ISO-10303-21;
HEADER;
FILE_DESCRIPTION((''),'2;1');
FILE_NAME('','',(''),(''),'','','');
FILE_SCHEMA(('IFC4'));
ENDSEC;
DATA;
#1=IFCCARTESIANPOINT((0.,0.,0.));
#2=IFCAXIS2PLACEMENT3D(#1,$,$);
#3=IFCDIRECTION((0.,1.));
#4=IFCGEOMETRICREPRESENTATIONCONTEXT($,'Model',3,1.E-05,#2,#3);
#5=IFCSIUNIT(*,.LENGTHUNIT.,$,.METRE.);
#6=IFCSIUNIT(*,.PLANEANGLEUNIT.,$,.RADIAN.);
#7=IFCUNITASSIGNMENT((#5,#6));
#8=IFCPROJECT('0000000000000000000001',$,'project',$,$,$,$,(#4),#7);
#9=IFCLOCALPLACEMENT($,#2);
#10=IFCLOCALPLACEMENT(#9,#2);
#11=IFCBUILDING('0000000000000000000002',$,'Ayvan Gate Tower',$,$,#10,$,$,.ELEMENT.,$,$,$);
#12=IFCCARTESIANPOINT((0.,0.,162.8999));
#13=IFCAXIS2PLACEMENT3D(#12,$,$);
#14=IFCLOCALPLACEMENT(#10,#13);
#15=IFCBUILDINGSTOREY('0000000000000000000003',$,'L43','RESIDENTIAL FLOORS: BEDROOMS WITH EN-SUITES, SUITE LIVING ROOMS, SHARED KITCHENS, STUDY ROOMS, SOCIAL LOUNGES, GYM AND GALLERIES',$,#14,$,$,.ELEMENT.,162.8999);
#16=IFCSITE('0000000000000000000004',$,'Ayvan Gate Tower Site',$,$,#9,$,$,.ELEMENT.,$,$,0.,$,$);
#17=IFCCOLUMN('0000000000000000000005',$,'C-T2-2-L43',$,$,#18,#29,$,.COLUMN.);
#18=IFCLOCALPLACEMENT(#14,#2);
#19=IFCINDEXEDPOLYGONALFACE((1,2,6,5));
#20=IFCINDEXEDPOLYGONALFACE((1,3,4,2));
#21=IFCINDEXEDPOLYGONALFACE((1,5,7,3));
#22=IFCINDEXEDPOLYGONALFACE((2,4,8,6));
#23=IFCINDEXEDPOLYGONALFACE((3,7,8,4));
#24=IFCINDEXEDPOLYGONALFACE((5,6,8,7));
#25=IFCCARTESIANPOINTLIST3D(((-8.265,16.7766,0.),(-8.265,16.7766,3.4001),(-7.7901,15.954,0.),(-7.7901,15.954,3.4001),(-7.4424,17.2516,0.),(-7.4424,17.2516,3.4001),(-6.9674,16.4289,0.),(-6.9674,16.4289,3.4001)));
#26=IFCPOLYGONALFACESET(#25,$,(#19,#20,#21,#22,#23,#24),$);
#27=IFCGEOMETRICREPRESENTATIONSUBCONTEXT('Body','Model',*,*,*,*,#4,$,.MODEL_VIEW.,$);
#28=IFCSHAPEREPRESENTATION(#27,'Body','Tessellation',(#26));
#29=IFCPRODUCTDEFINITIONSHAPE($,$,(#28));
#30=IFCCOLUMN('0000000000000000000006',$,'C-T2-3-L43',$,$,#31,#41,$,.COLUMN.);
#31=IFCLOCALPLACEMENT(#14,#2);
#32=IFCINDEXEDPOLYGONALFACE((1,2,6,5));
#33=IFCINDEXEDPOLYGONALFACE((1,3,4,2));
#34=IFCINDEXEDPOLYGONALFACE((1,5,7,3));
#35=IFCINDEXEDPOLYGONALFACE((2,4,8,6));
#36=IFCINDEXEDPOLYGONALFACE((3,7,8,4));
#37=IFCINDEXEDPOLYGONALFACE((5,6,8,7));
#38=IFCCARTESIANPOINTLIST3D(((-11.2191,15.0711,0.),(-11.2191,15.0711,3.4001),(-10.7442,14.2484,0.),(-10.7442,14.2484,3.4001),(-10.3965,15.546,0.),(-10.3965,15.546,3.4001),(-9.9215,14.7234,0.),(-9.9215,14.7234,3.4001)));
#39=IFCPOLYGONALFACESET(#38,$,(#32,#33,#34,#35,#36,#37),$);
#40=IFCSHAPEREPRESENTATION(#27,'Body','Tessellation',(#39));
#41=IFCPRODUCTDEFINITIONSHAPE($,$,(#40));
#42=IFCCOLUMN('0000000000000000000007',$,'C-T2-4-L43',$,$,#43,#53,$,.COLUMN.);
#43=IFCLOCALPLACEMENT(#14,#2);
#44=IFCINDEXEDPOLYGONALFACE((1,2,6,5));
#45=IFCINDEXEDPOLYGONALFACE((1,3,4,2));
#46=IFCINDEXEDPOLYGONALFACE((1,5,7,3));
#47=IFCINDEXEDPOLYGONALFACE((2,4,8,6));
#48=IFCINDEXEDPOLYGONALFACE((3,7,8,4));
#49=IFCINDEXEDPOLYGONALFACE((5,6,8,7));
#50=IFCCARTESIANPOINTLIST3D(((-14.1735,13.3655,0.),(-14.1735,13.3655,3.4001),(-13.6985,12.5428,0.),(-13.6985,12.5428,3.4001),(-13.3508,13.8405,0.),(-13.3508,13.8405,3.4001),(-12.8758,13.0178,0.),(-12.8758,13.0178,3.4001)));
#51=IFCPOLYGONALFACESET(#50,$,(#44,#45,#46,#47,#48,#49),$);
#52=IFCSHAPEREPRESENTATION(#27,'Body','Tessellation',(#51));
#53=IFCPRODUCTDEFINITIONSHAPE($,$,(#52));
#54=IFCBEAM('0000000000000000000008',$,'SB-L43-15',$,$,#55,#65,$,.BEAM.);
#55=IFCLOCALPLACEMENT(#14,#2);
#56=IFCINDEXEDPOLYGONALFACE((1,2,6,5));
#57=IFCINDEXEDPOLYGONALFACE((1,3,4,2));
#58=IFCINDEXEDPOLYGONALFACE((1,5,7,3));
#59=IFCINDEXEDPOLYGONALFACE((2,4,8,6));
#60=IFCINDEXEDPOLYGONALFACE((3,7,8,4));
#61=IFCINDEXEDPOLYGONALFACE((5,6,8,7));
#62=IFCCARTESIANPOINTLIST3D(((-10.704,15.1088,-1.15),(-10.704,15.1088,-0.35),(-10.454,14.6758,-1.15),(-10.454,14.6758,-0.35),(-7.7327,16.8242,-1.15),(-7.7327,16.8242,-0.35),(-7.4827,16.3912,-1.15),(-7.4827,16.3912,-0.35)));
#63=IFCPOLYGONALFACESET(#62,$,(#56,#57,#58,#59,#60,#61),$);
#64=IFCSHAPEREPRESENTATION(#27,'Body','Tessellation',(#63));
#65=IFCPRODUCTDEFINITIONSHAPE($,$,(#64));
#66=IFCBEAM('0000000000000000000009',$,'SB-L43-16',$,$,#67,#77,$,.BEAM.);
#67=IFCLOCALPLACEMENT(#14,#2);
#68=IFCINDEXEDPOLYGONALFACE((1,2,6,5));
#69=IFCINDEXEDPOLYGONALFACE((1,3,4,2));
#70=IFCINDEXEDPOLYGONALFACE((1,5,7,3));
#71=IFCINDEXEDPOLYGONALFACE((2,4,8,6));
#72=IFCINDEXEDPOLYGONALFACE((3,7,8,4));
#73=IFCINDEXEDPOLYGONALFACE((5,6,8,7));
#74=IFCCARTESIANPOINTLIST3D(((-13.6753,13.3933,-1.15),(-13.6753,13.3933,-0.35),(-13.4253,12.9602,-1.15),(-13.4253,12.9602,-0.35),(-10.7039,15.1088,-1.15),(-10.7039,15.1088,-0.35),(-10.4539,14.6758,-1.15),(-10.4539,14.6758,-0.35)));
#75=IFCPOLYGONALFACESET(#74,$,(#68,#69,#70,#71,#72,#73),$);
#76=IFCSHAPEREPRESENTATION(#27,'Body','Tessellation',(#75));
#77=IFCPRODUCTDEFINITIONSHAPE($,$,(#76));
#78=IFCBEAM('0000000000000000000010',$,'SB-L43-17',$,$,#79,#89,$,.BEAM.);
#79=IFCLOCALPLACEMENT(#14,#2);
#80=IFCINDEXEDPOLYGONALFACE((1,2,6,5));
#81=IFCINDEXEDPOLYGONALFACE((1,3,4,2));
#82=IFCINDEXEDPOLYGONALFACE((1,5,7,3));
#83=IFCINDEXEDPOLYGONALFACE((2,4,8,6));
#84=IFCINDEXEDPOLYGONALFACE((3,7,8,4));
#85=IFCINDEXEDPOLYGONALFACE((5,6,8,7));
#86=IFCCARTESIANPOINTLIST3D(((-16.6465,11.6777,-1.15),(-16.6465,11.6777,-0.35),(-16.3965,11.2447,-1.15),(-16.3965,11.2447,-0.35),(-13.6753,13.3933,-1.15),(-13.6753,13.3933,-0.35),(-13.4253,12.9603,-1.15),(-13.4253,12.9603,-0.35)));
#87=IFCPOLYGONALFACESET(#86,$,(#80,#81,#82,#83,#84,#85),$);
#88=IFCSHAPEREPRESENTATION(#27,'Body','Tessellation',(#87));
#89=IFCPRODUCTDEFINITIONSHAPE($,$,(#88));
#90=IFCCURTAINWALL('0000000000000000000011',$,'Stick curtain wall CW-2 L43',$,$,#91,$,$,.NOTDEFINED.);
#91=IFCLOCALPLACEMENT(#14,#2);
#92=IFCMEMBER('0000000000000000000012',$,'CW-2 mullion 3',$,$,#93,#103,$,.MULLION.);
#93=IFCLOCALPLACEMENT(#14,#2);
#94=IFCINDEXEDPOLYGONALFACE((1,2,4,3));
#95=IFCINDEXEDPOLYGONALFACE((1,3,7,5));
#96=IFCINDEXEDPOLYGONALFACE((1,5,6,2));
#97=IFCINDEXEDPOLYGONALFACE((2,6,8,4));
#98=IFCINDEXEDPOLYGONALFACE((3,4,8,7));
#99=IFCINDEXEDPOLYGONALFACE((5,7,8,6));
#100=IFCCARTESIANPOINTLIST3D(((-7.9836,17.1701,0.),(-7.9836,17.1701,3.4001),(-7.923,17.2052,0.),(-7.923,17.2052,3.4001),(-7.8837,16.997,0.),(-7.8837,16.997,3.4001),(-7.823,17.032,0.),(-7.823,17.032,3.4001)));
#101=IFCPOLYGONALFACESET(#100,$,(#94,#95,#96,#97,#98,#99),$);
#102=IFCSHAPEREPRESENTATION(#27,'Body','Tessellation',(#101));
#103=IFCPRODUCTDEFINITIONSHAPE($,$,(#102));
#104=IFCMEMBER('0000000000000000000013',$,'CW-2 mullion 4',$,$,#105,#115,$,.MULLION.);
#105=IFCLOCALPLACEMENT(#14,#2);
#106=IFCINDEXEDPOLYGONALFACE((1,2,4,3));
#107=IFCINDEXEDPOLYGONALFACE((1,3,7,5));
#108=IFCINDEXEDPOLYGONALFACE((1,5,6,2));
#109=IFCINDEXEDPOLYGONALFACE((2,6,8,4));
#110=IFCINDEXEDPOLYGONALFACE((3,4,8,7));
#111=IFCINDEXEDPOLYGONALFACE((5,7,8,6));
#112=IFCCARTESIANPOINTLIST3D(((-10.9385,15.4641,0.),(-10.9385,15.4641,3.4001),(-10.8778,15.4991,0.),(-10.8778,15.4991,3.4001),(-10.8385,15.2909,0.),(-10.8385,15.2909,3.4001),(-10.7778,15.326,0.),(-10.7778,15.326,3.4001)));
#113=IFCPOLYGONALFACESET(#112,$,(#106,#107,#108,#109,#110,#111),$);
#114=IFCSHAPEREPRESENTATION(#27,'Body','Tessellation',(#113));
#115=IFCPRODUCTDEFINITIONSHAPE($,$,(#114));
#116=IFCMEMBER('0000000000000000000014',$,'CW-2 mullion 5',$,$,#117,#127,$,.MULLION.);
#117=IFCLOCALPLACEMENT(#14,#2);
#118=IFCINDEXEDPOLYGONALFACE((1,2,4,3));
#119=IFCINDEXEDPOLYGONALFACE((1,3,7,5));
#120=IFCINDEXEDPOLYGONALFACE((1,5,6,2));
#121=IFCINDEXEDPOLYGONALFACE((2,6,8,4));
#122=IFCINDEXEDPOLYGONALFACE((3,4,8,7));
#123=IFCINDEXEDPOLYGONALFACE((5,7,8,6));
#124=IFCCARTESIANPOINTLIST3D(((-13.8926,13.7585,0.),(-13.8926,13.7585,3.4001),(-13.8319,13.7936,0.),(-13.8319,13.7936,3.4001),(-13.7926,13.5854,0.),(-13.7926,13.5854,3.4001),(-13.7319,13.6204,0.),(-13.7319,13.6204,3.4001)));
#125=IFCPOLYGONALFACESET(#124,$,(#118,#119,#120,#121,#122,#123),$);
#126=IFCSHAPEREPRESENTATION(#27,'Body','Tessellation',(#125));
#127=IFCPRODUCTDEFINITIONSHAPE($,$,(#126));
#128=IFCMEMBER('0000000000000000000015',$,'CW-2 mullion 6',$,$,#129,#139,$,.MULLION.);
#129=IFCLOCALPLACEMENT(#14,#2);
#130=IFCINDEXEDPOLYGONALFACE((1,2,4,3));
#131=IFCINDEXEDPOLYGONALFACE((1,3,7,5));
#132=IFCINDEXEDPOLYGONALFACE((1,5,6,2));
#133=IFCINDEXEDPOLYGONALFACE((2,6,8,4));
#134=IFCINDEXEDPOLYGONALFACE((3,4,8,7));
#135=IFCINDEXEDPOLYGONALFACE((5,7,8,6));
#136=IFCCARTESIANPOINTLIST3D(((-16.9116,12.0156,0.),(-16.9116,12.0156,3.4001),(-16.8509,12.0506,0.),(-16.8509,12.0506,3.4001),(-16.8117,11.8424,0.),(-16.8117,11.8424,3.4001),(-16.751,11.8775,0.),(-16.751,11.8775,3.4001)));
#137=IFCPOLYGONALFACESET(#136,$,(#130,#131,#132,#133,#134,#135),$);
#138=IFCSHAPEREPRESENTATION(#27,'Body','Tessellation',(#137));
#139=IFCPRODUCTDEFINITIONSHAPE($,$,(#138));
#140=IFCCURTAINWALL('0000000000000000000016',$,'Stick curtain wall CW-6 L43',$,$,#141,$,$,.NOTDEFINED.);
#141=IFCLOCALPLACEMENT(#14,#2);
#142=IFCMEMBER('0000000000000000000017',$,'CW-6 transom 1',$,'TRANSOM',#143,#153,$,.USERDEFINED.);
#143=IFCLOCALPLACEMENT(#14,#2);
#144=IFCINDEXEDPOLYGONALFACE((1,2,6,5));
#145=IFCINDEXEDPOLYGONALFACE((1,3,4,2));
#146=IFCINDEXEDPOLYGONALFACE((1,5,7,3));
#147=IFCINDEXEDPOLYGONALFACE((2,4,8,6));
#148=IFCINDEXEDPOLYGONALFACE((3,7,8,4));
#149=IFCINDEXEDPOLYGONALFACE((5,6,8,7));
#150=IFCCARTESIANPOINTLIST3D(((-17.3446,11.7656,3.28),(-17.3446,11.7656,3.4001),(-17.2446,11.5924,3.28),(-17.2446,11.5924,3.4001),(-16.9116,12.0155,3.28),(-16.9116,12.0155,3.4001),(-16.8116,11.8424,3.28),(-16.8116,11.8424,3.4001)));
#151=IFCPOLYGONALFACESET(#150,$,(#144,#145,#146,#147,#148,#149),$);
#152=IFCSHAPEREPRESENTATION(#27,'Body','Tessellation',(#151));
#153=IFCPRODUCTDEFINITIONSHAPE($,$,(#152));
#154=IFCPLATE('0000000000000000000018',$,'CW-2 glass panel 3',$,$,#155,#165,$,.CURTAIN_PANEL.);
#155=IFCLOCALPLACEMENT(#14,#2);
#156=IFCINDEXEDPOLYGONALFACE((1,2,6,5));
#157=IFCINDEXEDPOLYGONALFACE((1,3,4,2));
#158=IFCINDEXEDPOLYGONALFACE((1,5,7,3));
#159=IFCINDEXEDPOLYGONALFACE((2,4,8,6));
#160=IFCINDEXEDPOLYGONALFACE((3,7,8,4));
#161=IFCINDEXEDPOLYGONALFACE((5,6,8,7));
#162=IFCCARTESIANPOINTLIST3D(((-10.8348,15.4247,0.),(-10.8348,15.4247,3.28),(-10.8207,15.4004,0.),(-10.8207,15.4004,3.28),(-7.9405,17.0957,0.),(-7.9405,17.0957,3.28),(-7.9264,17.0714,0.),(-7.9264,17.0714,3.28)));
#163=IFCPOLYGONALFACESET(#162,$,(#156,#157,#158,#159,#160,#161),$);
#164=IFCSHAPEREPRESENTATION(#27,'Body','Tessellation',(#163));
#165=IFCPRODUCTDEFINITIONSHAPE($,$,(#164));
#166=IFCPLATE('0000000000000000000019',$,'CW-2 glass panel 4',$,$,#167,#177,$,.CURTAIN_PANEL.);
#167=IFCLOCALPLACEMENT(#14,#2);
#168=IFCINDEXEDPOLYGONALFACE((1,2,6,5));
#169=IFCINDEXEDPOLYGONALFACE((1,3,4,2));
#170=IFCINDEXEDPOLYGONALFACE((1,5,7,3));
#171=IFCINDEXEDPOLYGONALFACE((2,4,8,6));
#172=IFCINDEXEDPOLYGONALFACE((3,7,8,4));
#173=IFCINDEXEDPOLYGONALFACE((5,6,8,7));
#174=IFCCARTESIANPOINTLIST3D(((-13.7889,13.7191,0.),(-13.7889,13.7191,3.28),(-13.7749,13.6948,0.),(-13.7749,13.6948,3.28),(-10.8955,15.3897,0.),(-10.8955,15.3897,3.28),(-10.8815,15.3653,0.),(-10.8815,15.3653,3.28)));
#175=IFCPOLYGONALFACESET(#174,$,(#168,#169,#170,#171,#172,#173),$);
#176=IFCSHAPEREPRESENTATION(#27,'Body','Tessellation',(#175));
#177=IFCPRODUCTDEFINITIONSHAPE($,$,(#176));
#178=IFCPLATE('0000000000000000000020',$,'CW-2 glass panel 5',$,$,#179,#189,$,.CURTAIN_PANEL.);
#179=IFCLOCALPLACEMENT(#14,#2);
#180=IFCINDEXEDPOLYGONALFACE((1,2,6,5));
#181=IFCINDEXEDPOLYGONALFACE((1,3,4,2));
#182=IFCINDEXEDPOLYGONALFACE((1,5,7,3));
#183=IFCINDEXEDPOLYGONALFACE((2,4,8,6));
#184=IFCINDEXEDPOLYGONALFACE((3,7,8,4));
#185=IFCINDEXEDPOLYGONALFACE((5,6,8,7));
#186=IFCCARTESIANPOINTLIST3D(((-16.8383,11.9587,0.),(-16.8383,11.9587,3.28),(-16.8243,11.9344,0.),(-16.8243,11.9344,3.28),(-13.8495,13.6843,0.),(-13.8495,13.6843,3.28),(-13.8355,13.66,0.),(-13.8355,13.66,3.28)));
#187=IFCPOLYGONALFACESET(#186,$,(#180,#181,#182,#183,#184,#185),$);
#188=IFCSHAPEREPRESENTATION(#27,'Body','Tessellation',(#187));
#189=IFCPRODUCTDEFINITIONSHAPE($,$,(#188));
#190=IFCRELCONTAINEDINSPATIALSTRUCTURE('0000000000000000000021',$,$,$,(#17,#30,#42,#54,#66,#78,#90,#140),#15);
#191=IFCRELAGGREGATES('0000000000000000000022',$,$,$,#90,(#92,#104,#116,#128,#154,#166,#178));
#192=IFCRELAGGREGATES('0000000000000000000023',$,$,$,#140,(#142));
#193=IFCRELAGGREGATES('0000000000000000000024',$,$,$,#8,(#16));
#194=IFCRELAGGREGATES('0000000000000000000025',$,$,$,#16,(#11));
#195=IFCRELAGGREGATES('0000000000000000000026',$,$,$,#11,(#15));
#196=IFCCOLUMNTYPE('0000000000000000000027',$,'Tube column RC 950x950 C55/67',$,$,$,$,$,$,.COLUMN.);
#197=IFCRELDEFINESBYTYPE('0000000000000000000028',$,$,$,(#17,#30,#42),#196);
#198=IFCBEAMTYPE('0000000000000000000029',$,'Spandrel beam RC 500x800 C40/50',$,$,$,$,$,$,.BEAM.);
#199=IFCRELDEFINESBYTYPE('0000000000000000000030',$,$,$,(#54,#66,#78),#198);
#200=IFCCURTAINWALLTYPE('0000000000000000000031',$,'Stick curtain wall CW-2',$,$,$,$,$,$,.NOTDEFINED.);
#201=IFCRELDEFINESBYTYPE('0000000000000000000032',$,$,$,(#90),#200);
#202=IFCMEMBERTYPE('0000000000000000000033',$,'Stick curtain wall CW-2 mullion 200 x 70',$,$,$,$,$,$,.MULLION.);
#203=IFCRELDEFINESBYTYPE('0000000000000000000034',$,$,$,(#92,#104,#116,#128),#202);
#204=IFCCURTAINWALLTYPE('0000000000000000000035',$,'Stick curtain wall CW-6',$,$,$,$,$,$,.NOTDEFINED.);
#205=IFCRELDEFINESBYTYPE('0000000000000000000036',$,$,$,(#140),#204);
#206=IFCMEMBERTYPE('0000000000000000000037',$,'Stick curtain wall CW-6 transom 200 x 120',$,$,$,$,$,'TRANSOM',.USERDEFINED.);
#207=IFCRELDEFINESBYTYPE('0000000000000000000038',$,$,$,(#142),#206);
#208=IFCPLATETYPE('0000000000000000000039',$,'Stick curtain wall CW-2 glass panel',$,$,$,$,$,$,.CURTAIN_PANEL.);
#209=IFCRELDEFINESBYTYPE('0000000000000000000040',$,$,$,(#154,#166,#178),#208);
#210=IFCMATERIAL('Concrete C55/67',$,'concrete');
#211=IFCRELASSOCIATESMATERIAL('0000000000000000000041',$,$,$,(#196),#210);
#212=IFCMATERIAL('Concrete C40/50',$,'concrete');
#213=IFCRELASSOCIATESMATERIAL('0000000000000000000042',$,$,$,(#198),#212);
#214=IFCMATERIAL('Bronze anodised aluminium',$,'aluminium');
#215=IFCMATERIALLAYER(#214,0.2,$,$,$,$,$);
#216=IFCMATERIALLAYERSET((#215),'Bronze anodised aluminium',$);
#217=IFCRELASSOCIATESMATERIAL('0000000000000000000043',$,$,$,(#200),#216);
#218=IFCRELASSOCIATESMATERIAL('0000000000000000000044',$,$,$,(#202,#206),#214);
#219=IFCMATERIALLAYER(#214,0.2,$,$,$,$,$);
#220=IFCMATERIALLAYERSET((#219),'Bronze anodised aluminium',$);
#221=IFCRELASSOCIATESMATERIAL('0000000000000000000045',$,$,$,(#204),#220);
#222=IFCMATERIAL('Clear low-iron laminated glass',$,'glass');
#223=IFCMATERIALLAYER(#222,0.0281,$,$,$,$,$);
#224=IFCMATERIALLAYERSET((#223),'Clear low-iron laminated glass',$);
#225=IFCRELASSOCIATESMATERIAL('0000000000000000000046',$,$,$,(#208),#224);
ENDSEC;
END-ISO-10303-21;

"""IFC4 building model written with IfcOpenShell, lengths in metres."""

from ifc_helpers import new_model, si_unit, direction, frame, origin, origin_2d, place, context, subcontext, project, spatial, rectangle, extrude, material, layer, layer_set, material_profile, profile_set, type_object, element, aggregate, save


model = new_model("IFC4")

# Units and contexts
model_context = context("Model", 3, precision=1e-05, world=origin(), true_north=direction((0.0, 1.0)))
body_context = subcontext(model_context, "Body", "Model", "MODEL_VIEW")
ifc_project = project(units=[si_unit("LENGTHUNIT", "METRE"), si_unit("PLANEANGLEUNIT", "RADIAN")], contexts=[model_context])

# Site, building, storey
site_placement = place(None, origin())
site = spatial("IfcSite", under=ifc_project, at=site_placement, Name="Ayvan Gate Tower Site", CompositionType="ELEMENT", RefElevation=0.0)
building_placement = place(site_placement, origin())
building = spatial("IfcBuilding", under=site, at=building_placement, Name="Ayvan Gate Tower", CompositionType="ELEMENT")
storey_placement = place(building_placement, frame((0.0, 0.0, 162.8999)))
storey = spatial("IfcBuildingStorey", under=building, at=storey_placement, Name="L43", Description="RESIDENTIAL FLOORS: BEDROOMS WITH EN-SUITES, SUITE LIVING ROOMS, SHARED KITCHENS, STUDY ROOMS, SOCIAL LOUNGES, GYM AND GALLERIES", CompositionType="ELEMENT", Elevation=162.8999)

# Columns
ifc_material_1 = material(Name="Concrete C55/67", Category="concrete")
ifc_material_profile_1 = material_profile(ifc_material_1, rectangle(XDim=0.95, YDim=0.95, at=origin_2d()), Name="RC 950x950")
ifc_profile_set_1 = profile_set([ifc_material_profile_1], Name="Concrete C55/67")
column_type = type_object("IfcColumnType", Name="Tube column RC 950x950 C55/67", PredefinedType="COLUMN", material=ifc_profile_set_1)
for number, where, z_axis, x_axis, name in (
    (1, (-7.6162, 16.6028, 0.0), (0.0, 0.0, 1.0), (-0.5, 0.866025, 0.0), "C-T2-2-L43"),
    (2, (-10.5703, 14.8972, 0.0), (0.0, 0.0, 1.0), (-0.5, 0.866025, 0.0), "C-T2-3-L43"),
    (3, (-13.5247, 13.1917, 0.0), (0.0, 0.0, 1.0), (-0.5, 0.866025, 0.0), "C-T2-4-L43"),
):
    element("IfcColumn", number, at=place(storey_placement, frame(where, z_axis=z_axis, x_axis=x_axis)), inside=storey, type_object=column_type, Name=name, PredefinedType="COLUMN", context=body_context, shape_type="SweptSolid", body=[
        extrude(rectangle(XDim=0.95, YDim=0.95, at=origin_2d()), origin(), (0.0, 0.0, 1.0), 3.4001),
    ])

# Beams
ifc_material_2 = material(Name="Concrete C40/50", Category="concrete")
ifc_material_profile_2 = material_profile(ifc_material_2, rectangle(XDim=0.5, YDim=0.8, at=origin_2d()), Name="RC 500x800")
ifc_profile_set_2 = profile_set([ifc_material_profile_2], Name="Concrete C40/50")
beam_type = type_object("IfcBeamType", Name="Spandrel beam RC 500x800 C40/50", PredefinedType="BEAM", material=ifc_profile_set_2)
beam_1_placement = place(storey_placement, frame((-7.6077, 16.6077, -0.75), z_axis=(-0.866036, -0.499981, 0.0), x_axis=(0.499981, -0.866036, 0.0)))
element("IfcBeam", 4, at=beam_1_placement, inside=storey, type_object=beam_type, Name="SB-L43-15", PredefinedType="BEAM", context=body_context, shape_type="SweptSolid", body=[
    extrude(rectangle(XDim=0.5, YDim=0.8, at=origin_2d()), origin(), (0.0, 0.0, 1.0), 3.4309),
])
beam_2_placement = place(storey_placement, frame((-10.5789, 14.8923, -0.75), z_axis=(-0.866023, -0.500004, 0.0), x_axis=(0.500004, -0.866023, 0.0)))
element("IfcBeam", 5, at=beam_2_placement, inside=storey, type_object=beam_type, Name="SB-L43-16", PredefinedType="BEAM", context=body_context, shape_type="SweptSolid", body=[
    extrude(rectangle(XDim=0.5, YDim=0.8, at=origin_2d()), origin(), (0.0, 0.0, 1.0), 3.4312),
])
beam_3_placement = place(storey_placement, frame((-13.5503, 13.1768, -0.75), z_axis=(-0.866005, -0.500035, 0.0), x_axis=(0.500035, -0.866005, 0.0)))
element("IfcBeam", 6, at=beam_3_placement, inside=storey, type_object=beam_type, Name="SB-L43-17", PredefinedType="BEAM", context=body_context, shape_type="SweptSolid", body=[
    extrude(rectangle(XDim=0.5, YDim=0.8, at=origin_2d()), origin(), (0.0, 0.0, 1.0), 3.4309),
])

# Curtain wall, members
ifc_material_3 = material(Name="Bronze anodised aluminium", Category="aluminium")
ifc_layer_1 = layer(ifc_material_3, 0.2)
ifc_layer_set_1 = layer_set([ifc_layer_1], Name="Bronze anodised aluminium")
curtain_wall_type_1 = type_object("IfcCurtainWallType", Name="Stick curtain wall CW-2", PredefinedType="NOTDEFINED", material=ifc_layer_set_1)
curtain_wall_1_placement = place(storey_placement, origin())
curtain_wall_1 = element("IfcCurtainWall", 7, at=curtain_wall_1_placement, inside=storey, type_object=curtain_wall_type_1, Name="Stick curtain wall CW-2 L43", PredefinedType="NOTDEFINED")
ifc_material_profile_3 = material_profile(ifc_material_3, rectangle(XDim=0.2, YDim=0.0701, at=origin_2d()), Name="Stick curtain wall CW-2 mullion 200 x 70")
ifc_profile_set_3 = profile_set([ifc_material_profile_3], Name="Bronze anodised aluminium")
member_type_1 = type_object("IfcMemberType", Name="Stick curtain wall CW-2 mullion 200 x 70", PredefinedType="MULLION", material=ifc_profile_set_3)
member_1_placement = place(storey_placement, frame((-7.9033, 17.1011, 0.0), z_axis=(0.0, 0.0, 1.0), x_axis=(-0.5, 0.866025, 0.0)))
member_1 = element("IfcMember", 8, at=member_1_placement, type_object=member_type_1, Name="CW-2 mullion 3", PredefinedType="MULLION", context=body_context, shape_type="SweptSolid", body=[
    extrude(rectangle(XDim=0.2, YDim=0.0701, at=origin_2d()), origin(), (0.0, 0.0, 1.0), 3.4001),
])
member_2_placement = place(storey_placement, frame((-10.8582, 15.395, 0.0), z_axis=(0.0, 0.0, 1.0), x_axis=(-0.5, 0.866025, 0.0)))
member_2 = element("IfcMember", 9, at=member_2_placement, type_object=member_type_1, Name="CW-2 mullion 4", PredefinedType="MULLION", context=body_context, shape_type="SweptSolid", body=[
    extrude(rectangle(XDim=0.2, YDim=0.0701, at=origin_2d()), origin(), (0.0, 0.0, 1.0), 3.4001),
])
member_3_placement = place(storey_placement, frame((-13.8123, 13.6895, 0.0), z_axis=(0.0, 0.0, 1.0), x_axis=(-0.5, 0.866025, 0.0)))
member_3 = element("IfcMember", 10, at=member_3_placement, type_object=member_type_1, Name="CW-2 mullion 5", PredefinedType="MULLION", context=body_context, shape_type="SweptSolid", body=[
    extrude(rectangle(XDim=0.2, YDim=0.0701, at=origin_2d()), origin(), (0.0, 0.0, 1.0), 3.4001),
])
member_4_placement = place(storey_placement, frame((-16.8313, 11.9465, 0.0), z_axis=(0.0, 0.0, 1.0), x_axis=(-0.5, 0.866025, 0.0)))
member_4 = element("IfcMember", 11, at=member_4_placement, type_object=member_type_1, Name="CW-2 mullion 6", PredefinedType="MULLION", context=body_context, shape_type="SweptSolid", body=[
    extrude(rectangle(XDim=0.2, YDim=0.0701, at=origin_2d()), origin(), (0.0, 0.0, 1.0), 3.4001),
])

# Curtain wall, member
ifc_layer_2 = layer(ifc_material_3, 0.2)
ifc_layer_set_2 = layer_set([ifc_layer_2], Name="Bronze anodised aluminium")
curtain_wall_type_2 = type_object("IfcCurtainWallType", Name="Stick curtain wall CW-6", PredefinedType="NOTDEFINED", material=ifc_layer_set_2)
curtain_wall_2_placement = place(storey_placement, origin())
curtain_wall_2 = element("IfcCurtainWall", 12, at=curtain_wall_2_placement, inside=storey, type_object=curtain_wall_type_2, Name="Stick curtain wall CW-6 L43", PredefinedType="NOTDEFINED")
ifc_material_profile_4 = material_profile(ifc_material_3, rectangle(XDim=0.2, YDim=0.1201, at=origin_2d()), Name="Stick curtain wall CW-6 transom 200 x 120")
ifc_profile_set_4 = profile_set([ifc_material_profile_4], Name="Bronze anodised aluminium")
member_type_2 = type_object("IfcMemberType", Name="Stick curtain wall CW-6 transom 200 x 120", ElementType="TRANSOM", PredefinedType="USERDEFINED", material=ifc_profile_set_4)
member_5_placement = place(storey_placement, frame((-16.8616, 11.929, 3.3401), z_axis=(-0.866072, -0.49992, 0.0), x_axis=(0.49992, -0.866072, 0.0)))
member_5 = element("IfcMember", 13, at=member_5_placement, type_object=member_type_2, Name="CW-6 transom 1", ObjectType="TRANSOM", PredefinedType="USERDEFINED", context=body_context, shape_type="SweptSolid", body=[
    extrude(rectangle(XDim=0.2, YDim=0.1201, at=origin_2d()), origin(), (0.0, 0.0, 1.0), 0.5),
])

# Plates
ifc_material_4 = material(Name="Clear low-iron laminated glass", Category="glass")
ifc_layer_3 = layer(ifc_material_4, 0.0281)
ifc_layer_set_3 = layer_set([ifc_layer_3], Name="Clear low-iron laminated glass")
plate_type_1 = type_object("IfcPlateType", Name="Stick curtain wall CW-2 glass panel", PredefinedType="CURTAIN_PANEL", material=ifc_layer_set_3)
plate_1_placement = place(storey_placement, frame((-9.3806, 16.248, 0.0), z_axis=(0.0, 0.0, 1.0), x_axis=(-0.866025, -0.5, 0.0)))
plate_1 = element("IfcPlate", 14, at=plate_1_placement, type_object=plate_type_1, Name="CW-2 glass panel 3", PredefinedType="CURTAIN_PANEL", context=body_context, shape_type="SweptSolid", body=[
    extrude(rectangle(XDim=3.342, YDim=0.0281, at=origin_2d()), origin(), (0.0, 0.0, 1.0), 3.28),
])
plate_2_placement = place(storey_placement, frame((-12.3352, 14.5422, 0.0), z_axis=(0.0, 0.0, 1.0), x_axis=(-0.866025, -0.5, 0.0)))
plate_2 = element("IfcPlate", 15, at=plate_2_placement, type_object=plate_type_1, Name="CW-2 glass panel 4", PredefinedType="CURTAIN_PANEL", context=body_context, shape_type="SweptSolid", body=[
    extrude(rectangle(XDim=3.3411, YDim=0.0281, at=origin_2d()), origin(), (0.0, 0.0, 1.0), 3.28),
])
plate_3_placement = place(storey_placement, frame((-15.3369, 12.8093, 0.0), z_axis=(0.0, 0.0, 1.0), x_axis=(-0.866025, -0.5, 0.0)))
plate_3 = element("IfcPlate", 16, at=plate_3_placement, type_object=plate_type_1, Name="CW-2 glass panel 5", PredefinedType="CURTAIN_PANEL", context=body_context, shape_type="SweptSolid", body=[
    extrude(rectangle(XDim=3.4512, YDim=0.0281, at=origin_2d()), origin(), (0.0, 0.0, 1.0), 3.28),
])
aggregate(curtain_wall_1, [member_1, member_2, member_3, member_4, plate_1, plate_2, plate_3])
aggregate(curtain_wall_2, [member_5])

save(model, "model.ifc")
